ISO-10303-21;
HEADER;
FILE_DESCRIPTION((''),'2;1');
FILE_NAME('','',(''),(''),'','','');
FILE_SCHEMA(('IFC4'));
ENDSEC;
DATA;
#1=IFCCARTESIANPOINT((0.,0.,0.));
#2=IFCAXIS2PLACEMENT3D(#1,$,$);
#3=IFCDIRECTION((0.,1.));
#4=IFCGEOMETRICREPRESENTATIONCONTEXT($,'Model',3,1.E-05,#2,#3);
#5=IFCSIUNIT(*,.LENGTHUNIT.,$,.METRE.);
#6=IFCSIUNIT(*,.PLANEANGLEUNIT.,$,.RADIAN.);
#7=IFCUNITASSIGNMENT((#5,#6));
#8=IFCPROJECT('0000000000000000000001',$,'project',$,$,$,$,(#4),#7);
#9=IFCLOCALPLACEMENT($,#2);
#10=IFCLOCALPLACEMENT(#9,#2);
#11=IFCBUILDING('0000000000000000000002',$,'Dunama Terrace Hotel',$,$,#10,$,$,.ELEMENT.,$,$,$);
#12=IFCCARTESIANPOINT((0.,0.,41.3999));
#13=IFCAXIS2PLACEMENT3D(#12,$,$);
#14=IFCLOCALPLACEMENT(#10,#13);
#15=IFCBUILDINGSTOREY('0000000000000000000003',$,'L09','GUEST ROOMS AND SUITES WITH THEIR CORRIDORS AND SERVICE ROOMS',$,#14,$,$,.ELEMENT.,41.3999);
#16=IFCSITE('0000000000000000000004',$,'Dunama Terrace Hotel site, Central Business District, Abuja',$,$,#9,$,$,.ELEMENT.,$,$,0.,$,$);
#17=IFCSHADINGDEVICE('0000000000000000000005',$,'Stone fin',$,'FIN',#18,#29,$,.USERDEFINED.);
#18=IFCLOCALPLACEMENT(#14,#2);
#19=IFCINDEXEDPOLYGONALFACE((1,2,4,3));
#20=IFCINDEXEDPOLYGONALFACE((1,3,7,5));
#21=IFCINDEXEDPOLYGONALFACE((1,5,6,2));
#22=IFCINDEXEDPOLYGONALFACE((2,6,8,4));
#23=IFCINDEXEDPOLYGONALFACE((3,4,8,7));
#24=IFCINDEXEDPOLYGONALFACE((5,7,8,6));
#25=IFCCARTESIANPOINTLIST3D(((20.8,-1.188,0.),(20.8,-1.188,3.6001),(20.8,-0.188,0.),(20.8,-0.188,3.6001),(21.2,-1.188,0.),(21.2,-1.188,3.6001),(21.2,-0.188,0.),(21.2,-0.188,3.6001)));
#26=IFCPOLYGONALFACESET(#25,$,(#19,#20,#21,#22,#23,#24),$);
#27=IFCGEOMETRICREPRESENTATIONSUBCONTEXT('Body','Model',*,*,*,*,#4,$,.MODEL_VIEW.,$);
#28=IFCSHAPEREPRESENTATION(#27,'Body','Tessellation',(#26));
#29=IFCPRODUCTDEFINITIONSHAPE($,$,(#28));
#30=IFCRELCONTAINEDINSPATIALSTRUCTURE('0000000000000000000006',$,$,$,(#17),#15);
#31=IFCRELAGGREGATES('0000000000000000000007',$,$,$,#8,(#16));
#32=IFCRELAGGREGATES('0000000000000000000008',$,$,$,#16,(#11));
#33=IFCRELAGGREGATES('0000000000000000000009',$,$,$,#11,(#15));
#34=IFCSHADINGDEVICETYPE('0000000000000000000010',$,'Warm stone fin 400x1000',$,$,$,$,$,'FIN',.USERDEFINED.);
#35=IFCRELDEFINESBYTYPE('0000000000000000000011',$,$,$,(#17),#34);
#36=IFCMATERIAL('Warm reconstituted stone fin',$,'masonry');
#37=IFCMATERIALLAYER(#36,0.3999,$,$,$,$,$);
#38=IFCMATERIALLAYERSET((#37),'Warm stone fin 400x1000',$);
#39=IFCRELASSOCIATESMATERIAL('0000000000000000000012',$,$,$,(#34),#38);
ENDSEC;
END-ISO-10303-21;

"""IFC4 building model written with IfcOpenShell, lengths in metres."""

from ifc_helpers import new_model, si_unit, direction, frame, origin, origin_2d, place, context, subcontext, project, spatial, rectangle, extrude, material, layer, layer_set, type_object, element, save


model = new_model("IFC4")

# Units and contexts
model_context = context("Model", 3, precision=1e-05, world=origin(), true_north=direction((0.0, 1.0)))
body_context = subcontext(model_context, "Body", "Model", "MODEL_VIEW")
ifc_project = project(units=[si_unit("LENGTHUNIT", "METRE"), si_unit("PLANEANGLEUNIT", "RADIAN")], contexts=[model_context])

# Site, building, storey
site_placement = place(None, origin())
site = spatial("IfcSite", under=ifc_project, at=site_placement, Name="Dunama Terrace Hotel site, Central Business District, Abuja", CompositionType="ELEMENT", RefElevation=0.0)
building_placement = place(site_placement, origin())
building = spatial("IfcBuilding", under=site, at=building_placement, Name="Dunama Terrace Hotel", CompositionType="ELEMENT")
storey_placement = place(building_placement, frame((0.0, 0.0, 41.3999)))
storey = spatial("IfcBuildingStorey", under=building, at=storey_placement, Name="L09", Description="GUEST ROOMS AND SUITES WITH THEIR CORRIDORS AND SERVICE ROOMS", CompositionType="ELEMENT", Elevation=41.3999)

# Shading device
ifc_material_1 = material(Name="Warm reconstituted stone fin", Category="masonry")
ifc_layer_1 = layer(ifc_material_1, 0.3999)
ifc_layer_set_1 = layer_set([ifc_layer_1], Name="Warm stone fin 400x1000")
shading_device_type = type_object("IfcShadingDeviceType", Name="Warm stone fin 400x1000", ElementType="FIN", PredefinedType="USERDEFINED", material=ifc_layer_set_1)
shading_device_placement = place(storey_placement, frame((21.0, -0.688, 0.0), z_axis=(0.0, 0.0, 1.0), x_axis=(1.0, 0.0, 0.0)))
element("IfcShadingDevice", 1, at=shading_device_placement, inside=storey, type_object=shading_device_type, Name="Stone fin", ObjectType="FIN", PredefinedType="USERDEFINED", context=body_context, shape_type="SweptSolid", body=[
    extrude(rectangle(XDim=0.3999, YDim=1.0, at=origin_2d()), origin(), (0.0, 0.0, 1.0), 3.6001),
])

save(model, "model.ifc")
